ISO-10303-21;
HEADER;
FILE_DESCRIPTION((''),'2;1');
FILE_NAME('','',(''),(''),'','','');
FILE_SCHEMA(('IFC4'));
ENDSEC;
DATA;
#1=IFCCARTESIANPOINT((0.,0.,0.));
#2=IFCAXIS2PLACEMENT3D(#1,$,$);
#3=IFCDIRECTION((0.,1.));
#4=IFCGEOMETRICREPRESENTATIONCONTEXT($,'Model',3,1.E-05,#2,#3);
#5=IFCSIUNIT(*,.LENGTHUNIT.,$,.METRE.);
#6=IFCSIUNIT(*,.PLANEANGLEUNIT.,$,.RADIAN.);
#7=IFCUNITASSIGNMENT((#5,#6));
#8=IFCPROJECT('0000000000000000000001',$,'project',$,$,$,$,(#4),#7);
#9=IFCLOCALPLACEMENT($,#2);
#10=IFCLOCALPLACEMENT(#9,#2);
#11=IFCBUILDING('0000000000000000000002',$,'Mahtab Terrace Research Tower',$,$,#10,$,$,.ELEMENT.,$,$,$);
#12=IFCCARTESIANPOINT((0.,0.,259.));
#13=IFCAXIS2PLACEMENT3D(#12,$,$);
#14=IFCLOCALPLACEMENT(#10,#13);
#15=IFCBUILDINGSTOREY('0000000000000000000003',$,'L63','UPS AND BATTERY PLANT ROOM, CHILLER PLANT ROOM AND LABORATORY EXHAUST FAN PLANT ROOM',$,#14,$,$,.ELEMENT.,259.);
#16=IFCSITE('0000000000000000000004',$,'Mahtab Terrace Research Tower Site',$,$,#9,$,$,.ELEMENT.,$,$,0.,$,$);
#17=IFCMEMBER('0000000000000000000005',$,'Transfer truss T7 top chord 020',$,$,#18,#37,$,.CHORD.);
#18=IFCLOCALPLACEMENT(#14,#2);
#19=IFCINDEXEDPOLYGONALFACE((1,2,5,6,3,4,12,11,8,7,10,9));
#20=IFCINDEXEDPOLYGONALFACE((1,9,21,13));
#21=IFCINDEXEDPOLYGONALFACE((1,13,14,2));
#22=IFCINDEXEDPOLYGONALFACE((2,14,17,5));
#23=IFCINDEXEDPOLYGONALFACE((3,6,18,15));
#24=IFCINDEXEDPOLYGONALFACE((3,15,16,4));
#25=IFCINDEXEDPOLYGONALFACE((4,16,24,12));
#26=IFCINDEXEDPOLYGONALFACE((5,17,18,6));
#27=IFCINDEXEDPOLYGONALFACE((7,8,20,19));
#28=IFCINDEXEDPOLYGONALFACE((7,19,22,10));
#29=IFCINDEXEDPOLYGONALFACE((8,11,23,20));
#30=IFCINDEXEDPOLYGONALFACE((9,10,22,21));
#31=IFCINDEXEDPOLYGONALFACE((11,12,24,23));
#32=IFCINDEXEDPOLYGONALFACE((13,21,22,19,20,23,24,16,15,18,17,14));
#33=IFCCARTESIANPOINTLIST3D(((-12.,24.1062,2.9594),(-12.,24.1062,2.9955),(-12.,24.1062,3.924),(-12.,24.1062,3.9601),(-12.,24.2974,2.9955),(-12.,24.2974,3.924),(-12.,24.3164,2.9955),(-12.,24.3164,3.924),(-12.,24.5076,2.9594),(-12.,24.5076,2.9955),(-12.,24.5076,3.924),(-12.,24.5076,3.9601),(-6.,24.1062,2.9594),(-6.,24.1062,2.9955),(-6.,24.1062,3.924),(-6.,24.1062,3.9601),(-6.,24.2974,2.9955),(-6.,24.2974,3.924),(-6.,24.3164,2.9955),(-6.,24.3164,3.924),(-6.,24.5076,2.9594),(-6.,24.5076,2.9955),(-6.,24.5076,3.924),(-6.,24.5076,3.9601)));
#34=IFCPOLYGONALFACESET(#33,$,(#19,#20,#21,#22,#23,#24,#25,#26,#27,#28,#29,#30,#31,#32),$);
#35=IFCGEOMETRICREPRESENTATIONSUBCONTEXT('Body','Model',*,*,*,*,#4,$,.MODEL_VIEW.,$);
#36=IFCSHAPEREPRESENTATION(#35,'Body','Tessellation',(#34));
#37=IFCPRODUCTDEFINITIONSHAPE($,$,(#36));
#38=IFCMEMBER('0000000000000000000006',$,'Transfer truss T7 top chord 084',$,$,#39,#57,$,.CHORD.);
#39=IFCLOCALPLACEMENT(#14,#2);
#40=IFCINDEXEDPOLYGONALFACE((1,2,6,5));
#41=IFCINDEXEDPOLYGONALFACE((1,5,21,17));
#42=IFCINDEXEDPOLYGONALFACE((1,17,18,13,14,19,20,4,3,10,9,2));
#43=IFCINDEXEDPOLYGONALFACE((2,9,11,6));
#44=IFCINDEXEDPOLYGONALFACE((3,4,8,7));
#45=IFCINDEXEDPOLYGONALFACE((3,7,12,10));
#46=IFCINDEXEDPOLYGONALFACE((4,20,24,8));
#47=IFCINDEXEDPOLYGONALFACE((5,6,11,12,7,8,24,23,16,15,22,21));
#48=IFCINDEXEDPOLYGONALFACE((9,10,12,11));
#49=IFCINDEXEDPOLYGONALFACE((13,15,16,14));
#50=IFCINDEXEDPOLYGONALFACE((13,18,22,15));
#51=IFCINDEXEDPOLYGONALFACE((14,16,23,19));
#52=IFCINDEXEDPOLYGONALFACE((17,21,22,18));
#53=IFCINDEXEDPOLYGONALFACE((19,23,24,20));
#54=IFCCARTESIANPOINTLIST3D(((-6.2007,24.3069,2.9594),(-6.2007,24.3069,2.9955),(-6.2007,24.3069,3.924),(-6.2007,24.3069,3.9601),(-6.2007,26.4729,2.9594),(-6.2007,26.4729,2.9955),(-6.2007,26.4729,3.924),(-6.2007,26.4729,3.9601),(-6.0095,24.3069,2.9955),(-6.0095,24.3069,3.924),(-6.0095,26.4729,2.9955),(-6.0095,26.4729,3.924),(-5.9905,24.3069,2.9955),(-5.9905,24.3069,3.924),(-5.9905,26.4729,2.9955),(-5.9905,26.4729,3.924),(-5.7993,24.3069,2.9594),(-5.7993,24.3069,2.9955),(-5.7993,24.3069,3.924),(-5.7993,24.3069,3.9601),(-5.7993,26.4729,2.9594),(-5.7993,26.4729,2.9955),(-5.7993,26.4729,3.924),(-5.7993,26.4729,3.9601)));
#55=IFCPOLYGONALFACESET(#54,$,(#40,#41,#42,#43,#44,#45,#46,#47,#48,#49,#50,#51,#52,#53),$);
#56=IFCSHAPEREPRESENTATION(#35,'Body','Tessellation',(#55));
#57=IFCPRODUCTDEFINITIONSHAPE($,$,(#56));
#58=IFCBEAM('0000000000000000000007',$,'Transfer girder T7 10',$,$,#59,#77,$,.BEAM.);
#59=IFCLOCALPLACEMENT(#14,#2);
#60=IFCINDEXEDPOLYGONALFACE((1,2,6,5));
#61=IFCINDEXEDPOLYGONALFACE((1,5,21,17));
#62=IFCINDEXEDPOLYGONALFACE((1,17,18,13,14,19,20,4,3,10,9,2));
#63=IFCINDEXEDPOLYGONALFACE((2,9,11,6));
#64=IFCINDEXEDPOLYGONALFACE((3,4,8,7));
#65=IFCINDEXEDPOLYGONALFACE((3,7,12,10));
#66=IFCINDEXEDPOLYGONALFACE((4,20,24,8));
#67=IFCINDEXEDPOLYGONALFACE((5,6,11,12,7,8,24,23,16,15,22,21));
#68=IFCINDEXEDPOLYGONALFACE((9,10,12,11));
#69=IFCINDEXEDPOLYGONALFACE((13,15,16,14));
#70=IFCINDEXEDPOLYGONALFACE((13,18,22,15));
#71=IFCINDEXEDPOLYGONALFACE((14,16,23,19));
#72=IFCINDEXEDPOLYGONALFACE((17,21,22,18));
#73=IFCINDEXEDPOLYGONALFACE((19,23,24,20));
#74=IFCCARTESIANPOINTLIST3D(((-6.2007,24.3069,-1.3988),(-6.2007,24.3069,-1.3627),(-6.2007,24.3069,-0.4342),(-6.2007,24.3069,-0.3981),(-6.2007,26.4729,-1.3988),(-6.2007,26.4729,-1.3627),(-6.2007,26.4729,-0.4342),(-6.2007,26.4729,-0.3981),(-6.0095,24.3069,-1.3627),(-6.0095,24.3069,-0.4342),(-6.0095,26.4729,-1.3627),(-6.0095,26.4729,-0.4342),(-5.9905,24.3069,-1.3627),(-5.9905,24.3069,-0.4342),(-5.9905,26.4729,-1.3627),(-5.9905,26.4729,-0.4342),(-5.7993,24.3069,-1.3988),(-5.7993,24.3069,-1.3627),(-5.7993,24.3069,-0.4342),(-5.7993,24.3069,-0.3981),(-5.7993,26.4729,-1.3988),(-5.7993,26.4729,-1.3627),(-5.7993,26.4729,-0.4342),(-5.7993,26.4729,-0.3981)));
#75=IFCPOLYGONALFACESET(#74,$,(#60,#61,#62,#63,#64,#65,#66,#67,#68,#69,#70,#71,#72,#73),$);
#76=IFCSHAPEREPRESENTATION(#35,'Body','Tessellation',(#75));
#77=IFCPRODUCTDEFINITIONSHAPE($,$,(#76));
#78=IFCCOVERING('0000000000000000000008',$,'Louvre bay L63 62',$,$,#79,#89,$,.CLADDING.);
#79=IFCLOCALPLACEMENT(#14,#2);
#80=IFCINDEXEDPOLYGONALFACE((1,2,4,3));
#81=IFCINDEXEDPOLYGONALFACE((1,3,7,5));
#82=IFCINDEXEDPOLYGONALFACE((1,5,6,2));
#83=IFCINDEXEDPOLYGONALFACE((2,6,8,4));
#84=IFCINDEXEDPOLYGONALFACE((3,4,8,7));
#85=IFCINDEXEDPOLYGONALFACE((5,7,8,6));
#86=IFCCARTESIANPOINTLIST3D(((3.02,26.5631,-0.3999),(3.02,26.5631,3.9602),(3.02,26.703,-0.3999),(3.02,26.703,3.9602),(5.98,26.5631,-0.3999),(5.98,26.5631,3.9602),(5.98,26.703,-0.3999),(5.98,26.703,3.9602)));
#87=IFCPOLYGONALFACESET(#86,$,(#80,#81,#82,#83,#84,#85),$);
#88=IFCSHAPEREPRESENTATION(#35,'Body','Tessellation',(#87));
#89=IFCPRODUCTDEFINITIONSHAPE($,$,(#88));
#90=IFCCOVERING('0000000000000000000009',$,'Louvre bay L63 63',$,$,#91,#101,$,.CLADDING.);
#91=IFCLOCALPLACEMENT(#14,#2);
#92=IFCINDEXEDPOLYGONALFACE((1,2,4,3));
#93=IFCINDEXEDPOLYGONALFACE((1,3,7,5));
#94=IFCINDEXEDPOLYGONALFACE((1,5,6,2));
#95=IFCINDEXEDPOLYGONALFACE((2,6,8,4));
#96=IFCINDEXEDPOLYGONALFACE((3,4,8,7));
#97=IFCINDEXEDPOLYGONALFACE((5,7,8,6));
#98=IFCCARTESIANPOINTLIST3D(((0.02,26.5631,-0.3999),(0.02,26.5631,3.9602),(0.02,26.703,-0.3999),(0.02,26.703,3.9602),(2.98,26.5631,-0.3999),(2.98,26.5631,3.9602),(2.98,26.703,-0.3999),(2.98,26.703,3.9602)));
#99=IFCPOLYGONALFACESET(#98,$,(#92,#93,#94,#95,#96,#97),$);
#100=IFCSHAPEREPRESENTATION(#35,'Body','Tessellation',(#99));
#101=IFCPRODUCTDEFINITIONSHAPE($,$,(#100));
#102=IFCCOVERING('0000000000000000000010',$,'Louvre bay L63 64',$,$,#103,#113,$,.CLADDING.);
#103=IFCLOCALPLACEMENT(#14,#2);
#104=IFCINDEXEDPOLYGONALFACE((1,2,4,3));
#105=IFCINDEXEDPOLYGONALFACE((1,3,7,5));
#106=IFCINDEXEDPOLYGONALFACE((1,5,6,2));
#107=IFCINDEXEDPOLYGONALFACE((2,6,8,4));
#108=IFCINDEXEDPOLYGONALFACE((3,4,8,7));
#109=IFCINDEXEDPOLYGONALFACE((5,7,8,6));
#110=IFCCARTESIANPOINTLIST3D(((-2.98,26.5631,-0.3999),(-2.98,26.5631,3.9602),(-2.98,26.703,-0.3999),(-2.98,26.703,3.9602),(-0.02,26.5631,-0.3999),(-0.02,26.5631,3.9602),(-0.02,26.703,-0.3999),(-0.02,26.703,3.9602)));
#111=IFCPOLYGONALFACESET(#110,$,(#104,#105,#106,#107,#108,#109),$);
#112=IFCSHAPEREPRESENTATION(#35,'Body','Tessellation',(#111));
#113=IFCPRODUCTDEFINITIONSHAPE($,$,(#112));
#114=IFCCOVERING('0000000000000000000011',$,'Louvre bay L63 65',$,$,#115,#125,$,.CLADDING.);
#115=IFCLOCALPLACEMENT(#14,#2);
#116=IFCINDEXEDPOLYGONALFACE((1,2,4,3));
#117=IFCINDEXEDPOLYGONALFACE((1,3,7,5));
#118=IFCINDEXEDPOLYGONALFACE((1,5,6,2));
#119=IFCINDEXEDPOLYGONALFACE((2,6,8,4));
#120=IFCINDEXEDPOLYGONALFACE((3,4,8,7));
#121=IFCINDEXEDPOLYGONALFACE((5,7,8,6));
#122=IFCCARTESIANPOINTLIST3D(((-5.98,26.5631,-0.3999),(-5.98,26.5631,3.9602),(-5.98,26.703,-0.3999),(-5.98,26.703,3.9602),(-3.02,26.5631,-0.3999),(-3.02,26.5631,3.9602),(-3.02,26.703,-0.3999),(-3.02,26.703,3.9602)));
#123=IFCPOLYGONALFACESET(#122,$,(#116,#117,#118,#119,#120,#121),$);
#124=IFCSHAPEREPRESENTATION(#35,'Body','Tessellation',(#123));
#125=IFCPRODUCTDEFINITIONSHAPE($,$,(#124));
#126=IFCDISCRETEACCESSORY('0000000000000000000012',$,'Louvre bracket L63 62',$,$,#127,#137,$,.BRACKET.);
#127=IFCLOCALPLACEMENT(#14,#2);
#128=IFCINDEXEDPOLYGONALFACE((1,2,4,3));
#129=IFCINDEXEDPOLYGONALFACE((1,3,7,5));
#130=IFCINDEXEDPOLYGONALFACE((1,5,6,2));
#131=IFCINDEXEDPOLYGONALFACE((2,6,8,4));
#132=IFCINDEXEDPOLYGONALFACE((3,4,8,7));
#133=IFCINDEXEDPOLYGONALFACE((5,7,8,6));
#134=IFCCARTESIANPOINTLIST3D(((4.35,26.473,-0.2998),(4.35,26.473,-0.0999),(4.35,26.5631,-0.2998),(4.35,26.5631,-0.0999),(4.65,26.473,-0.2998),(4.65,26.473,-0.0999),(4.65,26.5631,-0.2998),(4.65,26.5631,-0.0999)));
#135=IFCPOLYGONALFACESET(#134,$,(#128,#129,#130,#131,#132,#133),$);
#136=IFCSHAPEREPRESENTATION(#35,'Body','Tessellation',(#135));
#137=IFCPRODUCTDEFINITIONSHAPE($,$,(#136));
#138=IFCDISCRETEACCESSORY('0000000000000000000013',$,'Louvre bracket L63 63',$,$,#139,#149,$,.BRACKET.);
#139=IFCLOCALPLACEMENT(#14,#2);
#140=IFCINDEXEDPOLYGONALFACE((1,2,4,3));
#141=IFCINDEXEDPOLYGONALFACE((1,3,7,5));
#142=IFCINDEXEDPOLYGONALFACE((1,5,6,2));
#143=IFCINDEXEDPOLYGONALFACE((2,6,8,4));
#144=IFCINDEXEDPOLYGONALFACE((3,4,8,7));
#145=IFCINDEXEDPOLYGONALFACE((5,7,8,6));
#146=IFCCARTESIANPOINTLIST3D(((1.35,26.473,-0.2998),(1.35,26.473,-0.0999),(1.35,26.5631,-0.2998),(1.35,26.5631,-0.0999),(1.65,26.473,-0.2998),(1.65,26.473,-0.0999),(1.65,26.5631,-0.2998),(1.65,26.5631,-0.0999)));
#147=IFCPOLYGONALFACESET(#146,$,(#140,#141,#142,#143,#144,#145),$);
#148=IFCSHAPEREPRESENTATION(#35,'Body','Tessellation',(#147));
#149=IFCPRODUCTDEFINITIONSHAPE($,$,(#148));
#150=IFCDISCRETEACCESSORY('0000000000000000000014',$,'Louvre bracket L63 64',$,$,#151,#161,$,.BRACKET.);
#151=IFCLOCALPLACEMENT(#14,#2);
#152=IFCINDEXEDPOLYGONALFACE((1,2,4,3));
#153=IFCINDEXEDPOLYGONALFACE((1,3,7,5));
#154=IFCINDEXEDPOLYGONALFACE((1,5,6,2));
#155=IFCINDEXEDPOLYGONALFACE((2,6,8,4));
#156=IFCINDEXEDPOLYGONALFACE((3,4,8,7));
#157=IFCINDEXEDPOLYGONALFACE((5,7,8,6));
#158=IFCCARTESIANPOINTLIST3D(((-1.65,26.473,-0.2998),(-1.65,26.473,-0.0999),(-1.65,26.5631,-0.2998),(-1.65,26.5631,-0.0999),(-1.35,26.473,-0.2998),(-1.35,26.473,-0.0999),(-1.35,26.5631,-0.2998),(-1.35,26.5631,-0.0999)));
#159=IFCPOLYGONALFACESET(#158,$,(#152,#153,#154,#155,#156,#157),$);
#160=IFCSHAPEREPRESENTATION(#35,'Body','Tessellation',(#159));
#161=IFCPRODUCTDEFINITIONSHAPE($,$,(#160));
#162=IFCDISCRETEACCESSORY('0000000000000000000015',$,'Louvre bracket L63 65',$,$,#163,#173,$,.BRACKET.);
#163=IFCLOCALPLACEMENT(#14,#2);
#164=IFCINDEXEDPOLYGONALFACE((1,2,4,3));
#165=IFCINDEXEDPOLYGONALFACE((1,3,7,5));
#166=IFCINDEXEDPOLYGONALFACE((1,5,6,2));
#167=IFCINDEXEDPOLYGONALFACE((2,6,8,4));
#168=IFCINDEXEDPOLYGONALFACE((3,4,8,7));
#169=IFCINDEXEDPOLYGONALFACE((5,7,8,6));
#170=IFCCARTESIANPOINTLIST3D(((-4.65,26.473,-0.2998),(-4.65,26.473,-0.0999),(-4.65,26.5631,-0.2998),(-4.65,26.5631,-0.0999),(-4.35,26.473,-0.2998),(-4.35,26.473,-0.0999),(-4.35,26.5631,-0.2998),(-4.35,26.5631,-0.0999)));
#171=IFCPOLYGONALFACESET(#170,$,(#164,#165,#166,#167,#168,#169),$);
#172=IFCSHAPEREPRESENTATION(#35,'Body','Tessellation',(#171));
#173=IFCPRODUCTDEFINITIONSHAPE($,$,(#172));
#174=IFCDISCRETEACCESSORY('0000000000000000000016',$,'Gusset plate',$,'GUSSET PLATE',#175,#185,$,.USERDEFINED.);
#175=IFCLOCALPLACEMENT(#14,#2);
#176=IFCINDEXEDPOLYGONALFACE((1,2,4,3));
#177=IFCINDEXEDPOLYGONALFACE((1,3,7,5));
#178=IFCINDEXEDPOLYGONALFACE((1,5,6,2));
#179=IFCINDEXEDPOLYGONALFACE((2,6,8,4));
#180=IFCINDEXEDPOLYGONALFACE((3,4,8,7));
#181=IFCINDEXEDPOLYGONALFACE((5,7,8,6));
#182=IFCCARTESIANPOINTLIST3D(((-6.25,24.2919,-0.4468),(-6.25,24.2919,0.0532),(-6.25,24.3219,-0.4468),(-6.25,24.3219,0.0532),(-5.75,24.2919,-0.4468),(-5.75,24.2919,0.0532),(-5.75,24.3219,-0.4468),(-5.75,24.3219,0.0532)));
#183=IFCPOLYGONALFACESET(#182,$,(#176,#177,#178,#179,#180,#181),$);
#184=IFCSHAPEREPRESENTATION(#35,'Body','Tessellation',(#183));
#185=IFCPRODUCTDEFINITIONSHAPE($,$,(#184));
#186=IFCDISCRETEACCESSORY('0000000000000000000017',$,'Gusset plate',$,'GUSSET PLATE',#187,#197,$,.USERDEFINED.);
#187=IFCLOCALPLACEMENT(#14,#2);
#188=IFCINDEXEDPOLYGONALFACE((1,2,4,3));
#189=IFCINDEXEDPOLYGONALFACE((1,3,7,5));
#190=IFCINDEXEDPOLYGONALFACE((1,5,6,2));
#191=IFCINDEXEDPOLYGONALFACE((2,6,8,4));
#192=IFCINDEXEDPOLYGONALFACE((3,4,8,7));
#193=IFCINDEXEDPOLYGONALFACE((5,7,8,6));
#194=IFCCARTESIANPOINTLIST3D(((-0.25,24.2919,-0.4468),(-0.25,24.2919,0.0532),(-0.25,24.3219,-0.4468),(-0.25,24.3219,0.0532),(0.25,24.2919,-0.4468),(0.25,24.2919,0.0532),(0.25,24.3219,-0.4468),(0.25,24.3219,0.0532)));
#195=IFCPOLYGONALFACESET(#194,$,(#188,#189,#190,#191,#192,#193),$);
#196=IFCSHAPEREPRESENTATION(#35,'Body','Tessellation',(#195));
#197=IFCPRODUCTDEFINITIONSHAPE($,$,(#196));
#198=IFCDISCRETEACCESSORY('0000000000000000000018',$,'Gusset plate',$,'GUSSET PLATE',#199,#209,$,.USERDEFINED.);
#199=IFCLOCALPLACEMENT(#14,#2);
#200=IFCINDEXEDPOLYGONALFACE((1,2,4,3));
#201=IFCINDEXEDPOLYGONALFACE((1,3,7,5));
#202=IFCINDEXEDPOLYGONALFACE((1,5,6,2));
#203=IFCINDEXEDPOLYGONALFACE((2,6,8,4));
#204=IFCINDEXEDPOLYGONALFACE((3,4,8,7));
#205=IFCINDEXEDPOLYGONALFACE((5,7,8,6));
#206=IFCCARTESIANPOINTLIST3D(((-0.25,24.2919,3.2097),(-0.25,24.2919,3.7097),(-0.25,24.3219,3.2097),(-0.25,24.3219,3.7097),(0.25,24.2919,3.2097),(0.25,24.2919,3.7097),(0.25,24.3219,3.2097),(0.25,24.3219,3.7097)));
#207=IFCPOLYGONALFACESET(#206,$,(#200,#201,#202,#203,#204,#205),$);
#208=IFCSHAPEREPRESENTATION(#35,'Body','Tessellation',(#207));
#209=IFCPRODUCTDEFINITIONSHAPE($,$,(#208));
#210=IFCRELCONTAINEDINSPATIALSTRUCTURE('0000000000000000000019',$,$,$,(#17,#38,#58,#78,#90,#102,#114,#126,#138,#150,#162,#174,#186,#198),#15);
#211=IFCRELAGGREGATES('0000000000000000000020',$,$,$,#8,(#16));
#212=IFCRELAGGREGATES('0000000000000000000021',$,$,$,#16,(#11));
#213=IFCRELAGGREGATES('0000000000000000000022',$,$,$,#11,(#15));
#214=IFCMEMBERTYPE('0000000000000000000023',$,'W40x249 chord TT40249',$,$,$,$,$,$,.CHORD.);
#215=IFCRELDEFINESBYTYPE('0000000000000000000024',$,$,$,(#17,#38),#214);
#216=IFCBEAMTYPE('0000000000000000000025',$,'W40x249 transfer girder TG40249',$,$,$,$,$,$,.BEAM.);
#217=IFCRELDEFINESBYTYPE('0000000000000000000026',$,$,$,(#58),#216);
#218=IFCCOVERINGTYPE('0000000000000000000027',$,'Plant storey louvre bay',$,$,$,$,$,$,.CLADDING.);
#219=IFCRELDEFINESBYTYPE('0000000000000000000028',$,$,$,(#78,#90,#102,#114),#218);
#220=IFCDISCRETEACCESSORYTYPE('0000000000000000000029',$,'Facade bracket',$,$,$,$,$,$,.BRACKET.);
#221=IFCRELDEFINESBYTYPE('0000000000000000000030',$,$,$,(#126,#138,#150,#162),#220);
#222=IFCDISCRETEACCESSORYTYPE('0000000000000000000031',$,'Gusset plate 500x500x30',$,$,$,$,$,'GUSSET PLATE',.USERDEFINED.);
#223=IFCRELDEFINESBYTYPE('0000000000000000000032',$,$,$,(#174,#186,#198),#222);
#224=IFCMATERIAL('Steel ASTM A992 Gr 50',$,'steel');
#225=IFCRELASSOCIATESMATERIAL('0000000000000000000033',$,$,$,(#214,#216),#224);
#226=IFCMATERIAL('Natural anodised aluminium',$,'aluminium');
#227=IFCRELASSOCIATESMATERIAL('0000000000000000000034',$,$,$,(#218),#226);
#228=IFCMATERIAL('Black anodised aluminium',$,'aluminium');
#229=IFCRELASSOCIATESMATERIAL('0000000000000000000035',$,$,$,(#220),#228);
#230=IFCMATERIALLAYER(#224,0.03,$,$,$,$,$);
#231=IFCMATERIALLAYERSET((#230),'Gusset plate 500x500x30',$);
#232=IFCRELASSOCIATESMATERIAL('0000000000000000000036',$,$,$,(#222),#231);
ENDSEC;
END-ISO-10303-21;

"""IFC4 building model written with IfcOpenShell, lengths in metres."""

from ifc_helpers import new_model, si_unit, direction, frame, origin, origin_2d, place, context, subcontext, project, spatial, rectangle, i_section, extrude, material, layer, layer_set, material_profile, profile_set, type_object, element, save


model = new_model("IFC4")

# Units and contexts
model_context = context("Model", 3, precision=1e-05, world=origin(), true_north=direction((0.0, 1.0)))
body_context = subcontext(model_context, "Body", "Model", "MODEL_VIEW")
ifc_project = project(units=[si_unit("LENGTHUNIT", "METRE"), si_unit("PLANEANGLEUNIT", "RADIAN")], contexts=[model_context])

# Site, building, storey
site_placement = place(None, origin())
site = spatial("IfcSite", under=ifc_project, at=site_placement, Name="Mahtab Terrace Research Tower Site", CompositionType="ELEMENT", RefElevation=0.0)
building_placement = place(site_placement, origin())
building = spatial("IfcBuilding", under=site, at=building_placement, Name="Mahtab Terrace Research Tower", CompositionType="ELEMENT")
storey_placement = place(building_placement, frame((0.0, 0.0, 259.0)))
storey = spatial("IfcBuildingStorey", under=building, at=storey_placement, Name="L63", Description="UPS AND BATTERY PLANT ROOM, CHILLER PLANT ROOM AND LABORATORY EXHAUST FAN PLANT ROOM", CompositionType="ELEMENT", Elevation=259.0)

# Shared definitions
ifc_material_1 = material(Name="Steel ASTM A992 Gr 50", Category="steel")

# Members
ifc_material_profile_1 = material_profile(ifc_material_1, i_section(OverallWidth=0.4014, OverallDepth=1.0007, WebThickness=0.019, FlangeThickness=0.0361, at=origin_2d()), Name="W40X249")
ifc_profile_set_1 = profile_set([ifc_material_profile_1], Name="Steel ASTM A992 Gr 50")
member_type_1 = type_object("IfcMemberType", Name="W40x249 chord TT40249", PredefinedType="CHORD", material=ifc_profile_set_1)
for number, where, z_axis, x_axis, name in (
    (1, (-6.0, 24.3069, 3.4597), (-1.0, 0.0, 0.0), (0.0, -1.0, 0.0), "Transfer truss T7 top chord 020"),
):
    element("IfcMember", number, at=place(storey_placement, frame(where, z_axis=z_axis, x_axis=x_axis)), inside=storey, type_object=member_type_1, Name=name, PredefinedType="CHORD", context=body_context, shape_type="SweptSolid", body=[
        extrude(i_section(OverallWidth=0.4014, OverallDepth=1.0007, WebThickness=0.019, FlangeThickness=0.0361, at=origin_2d()), origin(), (0.0, 0.0, 1.0), 6.0),
    ])
member_1_placement = place(storey_placement, frame((-6.0, 24.3069, 3.4597), z_axis=(0.0, 1.0, 0.0), x_axis=(-1.0, 0.0, 0.0)))
element("IfcMember", 2, at=member_1_placement, inside=storey, type_object=member_type_1, Name="Transfer truss T7 top chord 084", PredefinedType="CHORD", context=body_context, shape_type="SweptSolid", body=[
    extrude(i_section(OverallWidth=0.4014, OverallDepth=1.0007, WebThickness=0.019, FlangeThickness=0.0361, at=origin_2d()), origin(), (0.0, 0.0, 1.0), 2.166),
])

# Beam
ifc_material_profile_2 = material_profile(ifc_material_1, i_section(OverallWidth=0.4014, OverallDepth=1.0007, WebThickness=0.019, FlangeThickness=0.0361, at=origin_2d()), Name="W40X249")
ifc_profile_set_2 = profile_set([ifc_material_profile_2], Name="Steel ASTM A992 Gr 50")
beam_type = type_object("IfcBeamType", Name="W40x249 transfer girder TG40249", PredefinedType="BEAM", material=ifc_profile_set_2)
beam_placement = place(storey_placement, frame((-6.0, 24.3069, -0.8984), z_axis=(0.0, 1.0, 0.0), x_axis=(-1.0, 0.0, 0.0)))
element("IfcBeam", 3, at=beam_placement, inside=storey, type_object=beam_type, Name="Transfer girder T7 10", PredefinedType="BEAM", context=body_context, shape_type="SweptSolid", body=[
    extrude(i_section(OverallWidth=0.4014, OverallDepth=1.0007, WebThickness=0.019, FlangeThickness=0.0361, at=origin_2d()), origin(), (0.0, 0.0, 1.0), 2.166),
])

# Coverings
ifc_material_2 = material(Name="Natural anodised aluminium", Category="aluminium")
covering_type = type_object("IfcCoveringType", Name="Plant storey louvre bay", PredefinedType="CLADDING", material=ifc_material_2)
for number, where, z_axis, x_axis, name in (
    (4, (4.5, 26.6331, -0.3999), (0.0, 0.0, 1.0), (-1.0, 0.0, 0.0), "Louvre bay L63 62"),
    (5, (1.5, 26.6331, -0.3999), (0.0, 0.0, 1.0), (-1.0, 0.0, 0.0), "Louvre bay L63 63"),
    (6, (-1.5, 26.6331, -0.3999), (0.0, 0.0, 1.0), (-1.0, 0.0, 0.0), "Louvre bay L63 64"),
    (7, (-4.5, 26.6331, -0.3999), (0.0, 0.0, 1.0), (-1.0, 0.0, 0.0), "Louvre bay L63 65"),
):
    element("IfcCovering", number, at=place(storey_placement, frame(where, z_axis=z_axis, x_axis=x_axis)), inside=storey, type_object=covering_type, Name=name, PredefinedType="CLADDING", context=body_context, shape_type="SweptSolid", body=[
        extrude(rectangle(XDim=2.96, YDim=0.1399, at=origin_2d()), origin(), (0.0, 0.0, 1.0), 4.3601),
    ])

# Discrete accessories
ifc_material_3 = material(Name="Black anodised aluminium", Category="aluminium")
discrete_accessory_type_1 = type_object("IfcDiscreteAccessoryType", Name="Facade bracket", PredefinedType="BRACKET", material=ifc_material_3)
for number, where, z_axis, x_axis, name in (
    (8, (4.5, 26.5181, -0.2998), (0.0, 0.0, 1.0), (-1.0, 0.0, 0.0), "Louvre bracket L63 62"),
    (9, (1.5, 26.5181, -0.2998), (0.0, 0.0, 1.0), (-1.0, 0.0, 0.0), "Louvre bracket L63 63"),
    (10, (-1.5, 26.5181, -0.2998), (0.0, 0.0, 1.0), (-1.0, 0.0, 0.0), "Louvre bracket L63 64"),
    (11, (-4.5, 26.5181, -0.2998), (0.0, 0.0, 1.0), (-1.0, 0.0, 0.0), "Louvre bracket L63 65"),
):
    element("IfcDiscreteAccessory", number, at=place(storey_placement, frame(where, z_axis=z_axis, x_axis=x_axis)), inside=storey, type_object=discrete_accessory_type_1, Name=name, PredefinedType="BRACKET", context=body_context, shape_type="SweptSolid", body=[
        extrude(rectangle(XDim=0.3, YDim=0.0901, at=origin_2d()), origin(), (0.0, 0.0, 1.0), 0.2),
    ])
ifc_layer = layer(ifc_material_1, 0.03)
ifc_layer_set = layer_set([ifc_layer], Name="Gusset plate 500x500x30")
discrete_accessory_type_2 = type_object("IfcDiscreteAccessoryType", Name="Gusset plate 500x500x30", ElementType="GUSSET PLATE", PredefinedType="USERDEFINED", material=ifc_layer_set)
for number, where, z_axis, x_axis, name in (
    (12, (-6.0, 24.3069, -0.4468), (0.0, 0.0, 1.0), (1.0, 0.0, 0.0), "Gusset plate"),
    (13, (0.0, 24.3069, -0.4468), (0.0, 0.0, 1.0), (1.0, 0.0, 0.0), "Gusset plate"),
    (14, (0.0, 24.3069, 3.2097), (0.0, 0.0, 1.0), (1.0, 0.0, 0.0), "Gusset plate"),
):
    element("IfcDiscreteAccessory", number, at=place(storey_placement, frame(where, z_axis=z_axis, x_axis=x_axis)), inside=storey, type_object=discrete_accessory_type_2, Name=name, ObjectType="GUSSET PLATE", PredefinedType="USERDEFINED", context=body_context, shape_type="SweptSolid", body=[
        extrude(rectangle(XDim=0.5, YDim=0.03, at=origin_2d()), origin(), (0.0, 0.0, 1.0), 0.5),
    ])

save(model, "model.ifc")
